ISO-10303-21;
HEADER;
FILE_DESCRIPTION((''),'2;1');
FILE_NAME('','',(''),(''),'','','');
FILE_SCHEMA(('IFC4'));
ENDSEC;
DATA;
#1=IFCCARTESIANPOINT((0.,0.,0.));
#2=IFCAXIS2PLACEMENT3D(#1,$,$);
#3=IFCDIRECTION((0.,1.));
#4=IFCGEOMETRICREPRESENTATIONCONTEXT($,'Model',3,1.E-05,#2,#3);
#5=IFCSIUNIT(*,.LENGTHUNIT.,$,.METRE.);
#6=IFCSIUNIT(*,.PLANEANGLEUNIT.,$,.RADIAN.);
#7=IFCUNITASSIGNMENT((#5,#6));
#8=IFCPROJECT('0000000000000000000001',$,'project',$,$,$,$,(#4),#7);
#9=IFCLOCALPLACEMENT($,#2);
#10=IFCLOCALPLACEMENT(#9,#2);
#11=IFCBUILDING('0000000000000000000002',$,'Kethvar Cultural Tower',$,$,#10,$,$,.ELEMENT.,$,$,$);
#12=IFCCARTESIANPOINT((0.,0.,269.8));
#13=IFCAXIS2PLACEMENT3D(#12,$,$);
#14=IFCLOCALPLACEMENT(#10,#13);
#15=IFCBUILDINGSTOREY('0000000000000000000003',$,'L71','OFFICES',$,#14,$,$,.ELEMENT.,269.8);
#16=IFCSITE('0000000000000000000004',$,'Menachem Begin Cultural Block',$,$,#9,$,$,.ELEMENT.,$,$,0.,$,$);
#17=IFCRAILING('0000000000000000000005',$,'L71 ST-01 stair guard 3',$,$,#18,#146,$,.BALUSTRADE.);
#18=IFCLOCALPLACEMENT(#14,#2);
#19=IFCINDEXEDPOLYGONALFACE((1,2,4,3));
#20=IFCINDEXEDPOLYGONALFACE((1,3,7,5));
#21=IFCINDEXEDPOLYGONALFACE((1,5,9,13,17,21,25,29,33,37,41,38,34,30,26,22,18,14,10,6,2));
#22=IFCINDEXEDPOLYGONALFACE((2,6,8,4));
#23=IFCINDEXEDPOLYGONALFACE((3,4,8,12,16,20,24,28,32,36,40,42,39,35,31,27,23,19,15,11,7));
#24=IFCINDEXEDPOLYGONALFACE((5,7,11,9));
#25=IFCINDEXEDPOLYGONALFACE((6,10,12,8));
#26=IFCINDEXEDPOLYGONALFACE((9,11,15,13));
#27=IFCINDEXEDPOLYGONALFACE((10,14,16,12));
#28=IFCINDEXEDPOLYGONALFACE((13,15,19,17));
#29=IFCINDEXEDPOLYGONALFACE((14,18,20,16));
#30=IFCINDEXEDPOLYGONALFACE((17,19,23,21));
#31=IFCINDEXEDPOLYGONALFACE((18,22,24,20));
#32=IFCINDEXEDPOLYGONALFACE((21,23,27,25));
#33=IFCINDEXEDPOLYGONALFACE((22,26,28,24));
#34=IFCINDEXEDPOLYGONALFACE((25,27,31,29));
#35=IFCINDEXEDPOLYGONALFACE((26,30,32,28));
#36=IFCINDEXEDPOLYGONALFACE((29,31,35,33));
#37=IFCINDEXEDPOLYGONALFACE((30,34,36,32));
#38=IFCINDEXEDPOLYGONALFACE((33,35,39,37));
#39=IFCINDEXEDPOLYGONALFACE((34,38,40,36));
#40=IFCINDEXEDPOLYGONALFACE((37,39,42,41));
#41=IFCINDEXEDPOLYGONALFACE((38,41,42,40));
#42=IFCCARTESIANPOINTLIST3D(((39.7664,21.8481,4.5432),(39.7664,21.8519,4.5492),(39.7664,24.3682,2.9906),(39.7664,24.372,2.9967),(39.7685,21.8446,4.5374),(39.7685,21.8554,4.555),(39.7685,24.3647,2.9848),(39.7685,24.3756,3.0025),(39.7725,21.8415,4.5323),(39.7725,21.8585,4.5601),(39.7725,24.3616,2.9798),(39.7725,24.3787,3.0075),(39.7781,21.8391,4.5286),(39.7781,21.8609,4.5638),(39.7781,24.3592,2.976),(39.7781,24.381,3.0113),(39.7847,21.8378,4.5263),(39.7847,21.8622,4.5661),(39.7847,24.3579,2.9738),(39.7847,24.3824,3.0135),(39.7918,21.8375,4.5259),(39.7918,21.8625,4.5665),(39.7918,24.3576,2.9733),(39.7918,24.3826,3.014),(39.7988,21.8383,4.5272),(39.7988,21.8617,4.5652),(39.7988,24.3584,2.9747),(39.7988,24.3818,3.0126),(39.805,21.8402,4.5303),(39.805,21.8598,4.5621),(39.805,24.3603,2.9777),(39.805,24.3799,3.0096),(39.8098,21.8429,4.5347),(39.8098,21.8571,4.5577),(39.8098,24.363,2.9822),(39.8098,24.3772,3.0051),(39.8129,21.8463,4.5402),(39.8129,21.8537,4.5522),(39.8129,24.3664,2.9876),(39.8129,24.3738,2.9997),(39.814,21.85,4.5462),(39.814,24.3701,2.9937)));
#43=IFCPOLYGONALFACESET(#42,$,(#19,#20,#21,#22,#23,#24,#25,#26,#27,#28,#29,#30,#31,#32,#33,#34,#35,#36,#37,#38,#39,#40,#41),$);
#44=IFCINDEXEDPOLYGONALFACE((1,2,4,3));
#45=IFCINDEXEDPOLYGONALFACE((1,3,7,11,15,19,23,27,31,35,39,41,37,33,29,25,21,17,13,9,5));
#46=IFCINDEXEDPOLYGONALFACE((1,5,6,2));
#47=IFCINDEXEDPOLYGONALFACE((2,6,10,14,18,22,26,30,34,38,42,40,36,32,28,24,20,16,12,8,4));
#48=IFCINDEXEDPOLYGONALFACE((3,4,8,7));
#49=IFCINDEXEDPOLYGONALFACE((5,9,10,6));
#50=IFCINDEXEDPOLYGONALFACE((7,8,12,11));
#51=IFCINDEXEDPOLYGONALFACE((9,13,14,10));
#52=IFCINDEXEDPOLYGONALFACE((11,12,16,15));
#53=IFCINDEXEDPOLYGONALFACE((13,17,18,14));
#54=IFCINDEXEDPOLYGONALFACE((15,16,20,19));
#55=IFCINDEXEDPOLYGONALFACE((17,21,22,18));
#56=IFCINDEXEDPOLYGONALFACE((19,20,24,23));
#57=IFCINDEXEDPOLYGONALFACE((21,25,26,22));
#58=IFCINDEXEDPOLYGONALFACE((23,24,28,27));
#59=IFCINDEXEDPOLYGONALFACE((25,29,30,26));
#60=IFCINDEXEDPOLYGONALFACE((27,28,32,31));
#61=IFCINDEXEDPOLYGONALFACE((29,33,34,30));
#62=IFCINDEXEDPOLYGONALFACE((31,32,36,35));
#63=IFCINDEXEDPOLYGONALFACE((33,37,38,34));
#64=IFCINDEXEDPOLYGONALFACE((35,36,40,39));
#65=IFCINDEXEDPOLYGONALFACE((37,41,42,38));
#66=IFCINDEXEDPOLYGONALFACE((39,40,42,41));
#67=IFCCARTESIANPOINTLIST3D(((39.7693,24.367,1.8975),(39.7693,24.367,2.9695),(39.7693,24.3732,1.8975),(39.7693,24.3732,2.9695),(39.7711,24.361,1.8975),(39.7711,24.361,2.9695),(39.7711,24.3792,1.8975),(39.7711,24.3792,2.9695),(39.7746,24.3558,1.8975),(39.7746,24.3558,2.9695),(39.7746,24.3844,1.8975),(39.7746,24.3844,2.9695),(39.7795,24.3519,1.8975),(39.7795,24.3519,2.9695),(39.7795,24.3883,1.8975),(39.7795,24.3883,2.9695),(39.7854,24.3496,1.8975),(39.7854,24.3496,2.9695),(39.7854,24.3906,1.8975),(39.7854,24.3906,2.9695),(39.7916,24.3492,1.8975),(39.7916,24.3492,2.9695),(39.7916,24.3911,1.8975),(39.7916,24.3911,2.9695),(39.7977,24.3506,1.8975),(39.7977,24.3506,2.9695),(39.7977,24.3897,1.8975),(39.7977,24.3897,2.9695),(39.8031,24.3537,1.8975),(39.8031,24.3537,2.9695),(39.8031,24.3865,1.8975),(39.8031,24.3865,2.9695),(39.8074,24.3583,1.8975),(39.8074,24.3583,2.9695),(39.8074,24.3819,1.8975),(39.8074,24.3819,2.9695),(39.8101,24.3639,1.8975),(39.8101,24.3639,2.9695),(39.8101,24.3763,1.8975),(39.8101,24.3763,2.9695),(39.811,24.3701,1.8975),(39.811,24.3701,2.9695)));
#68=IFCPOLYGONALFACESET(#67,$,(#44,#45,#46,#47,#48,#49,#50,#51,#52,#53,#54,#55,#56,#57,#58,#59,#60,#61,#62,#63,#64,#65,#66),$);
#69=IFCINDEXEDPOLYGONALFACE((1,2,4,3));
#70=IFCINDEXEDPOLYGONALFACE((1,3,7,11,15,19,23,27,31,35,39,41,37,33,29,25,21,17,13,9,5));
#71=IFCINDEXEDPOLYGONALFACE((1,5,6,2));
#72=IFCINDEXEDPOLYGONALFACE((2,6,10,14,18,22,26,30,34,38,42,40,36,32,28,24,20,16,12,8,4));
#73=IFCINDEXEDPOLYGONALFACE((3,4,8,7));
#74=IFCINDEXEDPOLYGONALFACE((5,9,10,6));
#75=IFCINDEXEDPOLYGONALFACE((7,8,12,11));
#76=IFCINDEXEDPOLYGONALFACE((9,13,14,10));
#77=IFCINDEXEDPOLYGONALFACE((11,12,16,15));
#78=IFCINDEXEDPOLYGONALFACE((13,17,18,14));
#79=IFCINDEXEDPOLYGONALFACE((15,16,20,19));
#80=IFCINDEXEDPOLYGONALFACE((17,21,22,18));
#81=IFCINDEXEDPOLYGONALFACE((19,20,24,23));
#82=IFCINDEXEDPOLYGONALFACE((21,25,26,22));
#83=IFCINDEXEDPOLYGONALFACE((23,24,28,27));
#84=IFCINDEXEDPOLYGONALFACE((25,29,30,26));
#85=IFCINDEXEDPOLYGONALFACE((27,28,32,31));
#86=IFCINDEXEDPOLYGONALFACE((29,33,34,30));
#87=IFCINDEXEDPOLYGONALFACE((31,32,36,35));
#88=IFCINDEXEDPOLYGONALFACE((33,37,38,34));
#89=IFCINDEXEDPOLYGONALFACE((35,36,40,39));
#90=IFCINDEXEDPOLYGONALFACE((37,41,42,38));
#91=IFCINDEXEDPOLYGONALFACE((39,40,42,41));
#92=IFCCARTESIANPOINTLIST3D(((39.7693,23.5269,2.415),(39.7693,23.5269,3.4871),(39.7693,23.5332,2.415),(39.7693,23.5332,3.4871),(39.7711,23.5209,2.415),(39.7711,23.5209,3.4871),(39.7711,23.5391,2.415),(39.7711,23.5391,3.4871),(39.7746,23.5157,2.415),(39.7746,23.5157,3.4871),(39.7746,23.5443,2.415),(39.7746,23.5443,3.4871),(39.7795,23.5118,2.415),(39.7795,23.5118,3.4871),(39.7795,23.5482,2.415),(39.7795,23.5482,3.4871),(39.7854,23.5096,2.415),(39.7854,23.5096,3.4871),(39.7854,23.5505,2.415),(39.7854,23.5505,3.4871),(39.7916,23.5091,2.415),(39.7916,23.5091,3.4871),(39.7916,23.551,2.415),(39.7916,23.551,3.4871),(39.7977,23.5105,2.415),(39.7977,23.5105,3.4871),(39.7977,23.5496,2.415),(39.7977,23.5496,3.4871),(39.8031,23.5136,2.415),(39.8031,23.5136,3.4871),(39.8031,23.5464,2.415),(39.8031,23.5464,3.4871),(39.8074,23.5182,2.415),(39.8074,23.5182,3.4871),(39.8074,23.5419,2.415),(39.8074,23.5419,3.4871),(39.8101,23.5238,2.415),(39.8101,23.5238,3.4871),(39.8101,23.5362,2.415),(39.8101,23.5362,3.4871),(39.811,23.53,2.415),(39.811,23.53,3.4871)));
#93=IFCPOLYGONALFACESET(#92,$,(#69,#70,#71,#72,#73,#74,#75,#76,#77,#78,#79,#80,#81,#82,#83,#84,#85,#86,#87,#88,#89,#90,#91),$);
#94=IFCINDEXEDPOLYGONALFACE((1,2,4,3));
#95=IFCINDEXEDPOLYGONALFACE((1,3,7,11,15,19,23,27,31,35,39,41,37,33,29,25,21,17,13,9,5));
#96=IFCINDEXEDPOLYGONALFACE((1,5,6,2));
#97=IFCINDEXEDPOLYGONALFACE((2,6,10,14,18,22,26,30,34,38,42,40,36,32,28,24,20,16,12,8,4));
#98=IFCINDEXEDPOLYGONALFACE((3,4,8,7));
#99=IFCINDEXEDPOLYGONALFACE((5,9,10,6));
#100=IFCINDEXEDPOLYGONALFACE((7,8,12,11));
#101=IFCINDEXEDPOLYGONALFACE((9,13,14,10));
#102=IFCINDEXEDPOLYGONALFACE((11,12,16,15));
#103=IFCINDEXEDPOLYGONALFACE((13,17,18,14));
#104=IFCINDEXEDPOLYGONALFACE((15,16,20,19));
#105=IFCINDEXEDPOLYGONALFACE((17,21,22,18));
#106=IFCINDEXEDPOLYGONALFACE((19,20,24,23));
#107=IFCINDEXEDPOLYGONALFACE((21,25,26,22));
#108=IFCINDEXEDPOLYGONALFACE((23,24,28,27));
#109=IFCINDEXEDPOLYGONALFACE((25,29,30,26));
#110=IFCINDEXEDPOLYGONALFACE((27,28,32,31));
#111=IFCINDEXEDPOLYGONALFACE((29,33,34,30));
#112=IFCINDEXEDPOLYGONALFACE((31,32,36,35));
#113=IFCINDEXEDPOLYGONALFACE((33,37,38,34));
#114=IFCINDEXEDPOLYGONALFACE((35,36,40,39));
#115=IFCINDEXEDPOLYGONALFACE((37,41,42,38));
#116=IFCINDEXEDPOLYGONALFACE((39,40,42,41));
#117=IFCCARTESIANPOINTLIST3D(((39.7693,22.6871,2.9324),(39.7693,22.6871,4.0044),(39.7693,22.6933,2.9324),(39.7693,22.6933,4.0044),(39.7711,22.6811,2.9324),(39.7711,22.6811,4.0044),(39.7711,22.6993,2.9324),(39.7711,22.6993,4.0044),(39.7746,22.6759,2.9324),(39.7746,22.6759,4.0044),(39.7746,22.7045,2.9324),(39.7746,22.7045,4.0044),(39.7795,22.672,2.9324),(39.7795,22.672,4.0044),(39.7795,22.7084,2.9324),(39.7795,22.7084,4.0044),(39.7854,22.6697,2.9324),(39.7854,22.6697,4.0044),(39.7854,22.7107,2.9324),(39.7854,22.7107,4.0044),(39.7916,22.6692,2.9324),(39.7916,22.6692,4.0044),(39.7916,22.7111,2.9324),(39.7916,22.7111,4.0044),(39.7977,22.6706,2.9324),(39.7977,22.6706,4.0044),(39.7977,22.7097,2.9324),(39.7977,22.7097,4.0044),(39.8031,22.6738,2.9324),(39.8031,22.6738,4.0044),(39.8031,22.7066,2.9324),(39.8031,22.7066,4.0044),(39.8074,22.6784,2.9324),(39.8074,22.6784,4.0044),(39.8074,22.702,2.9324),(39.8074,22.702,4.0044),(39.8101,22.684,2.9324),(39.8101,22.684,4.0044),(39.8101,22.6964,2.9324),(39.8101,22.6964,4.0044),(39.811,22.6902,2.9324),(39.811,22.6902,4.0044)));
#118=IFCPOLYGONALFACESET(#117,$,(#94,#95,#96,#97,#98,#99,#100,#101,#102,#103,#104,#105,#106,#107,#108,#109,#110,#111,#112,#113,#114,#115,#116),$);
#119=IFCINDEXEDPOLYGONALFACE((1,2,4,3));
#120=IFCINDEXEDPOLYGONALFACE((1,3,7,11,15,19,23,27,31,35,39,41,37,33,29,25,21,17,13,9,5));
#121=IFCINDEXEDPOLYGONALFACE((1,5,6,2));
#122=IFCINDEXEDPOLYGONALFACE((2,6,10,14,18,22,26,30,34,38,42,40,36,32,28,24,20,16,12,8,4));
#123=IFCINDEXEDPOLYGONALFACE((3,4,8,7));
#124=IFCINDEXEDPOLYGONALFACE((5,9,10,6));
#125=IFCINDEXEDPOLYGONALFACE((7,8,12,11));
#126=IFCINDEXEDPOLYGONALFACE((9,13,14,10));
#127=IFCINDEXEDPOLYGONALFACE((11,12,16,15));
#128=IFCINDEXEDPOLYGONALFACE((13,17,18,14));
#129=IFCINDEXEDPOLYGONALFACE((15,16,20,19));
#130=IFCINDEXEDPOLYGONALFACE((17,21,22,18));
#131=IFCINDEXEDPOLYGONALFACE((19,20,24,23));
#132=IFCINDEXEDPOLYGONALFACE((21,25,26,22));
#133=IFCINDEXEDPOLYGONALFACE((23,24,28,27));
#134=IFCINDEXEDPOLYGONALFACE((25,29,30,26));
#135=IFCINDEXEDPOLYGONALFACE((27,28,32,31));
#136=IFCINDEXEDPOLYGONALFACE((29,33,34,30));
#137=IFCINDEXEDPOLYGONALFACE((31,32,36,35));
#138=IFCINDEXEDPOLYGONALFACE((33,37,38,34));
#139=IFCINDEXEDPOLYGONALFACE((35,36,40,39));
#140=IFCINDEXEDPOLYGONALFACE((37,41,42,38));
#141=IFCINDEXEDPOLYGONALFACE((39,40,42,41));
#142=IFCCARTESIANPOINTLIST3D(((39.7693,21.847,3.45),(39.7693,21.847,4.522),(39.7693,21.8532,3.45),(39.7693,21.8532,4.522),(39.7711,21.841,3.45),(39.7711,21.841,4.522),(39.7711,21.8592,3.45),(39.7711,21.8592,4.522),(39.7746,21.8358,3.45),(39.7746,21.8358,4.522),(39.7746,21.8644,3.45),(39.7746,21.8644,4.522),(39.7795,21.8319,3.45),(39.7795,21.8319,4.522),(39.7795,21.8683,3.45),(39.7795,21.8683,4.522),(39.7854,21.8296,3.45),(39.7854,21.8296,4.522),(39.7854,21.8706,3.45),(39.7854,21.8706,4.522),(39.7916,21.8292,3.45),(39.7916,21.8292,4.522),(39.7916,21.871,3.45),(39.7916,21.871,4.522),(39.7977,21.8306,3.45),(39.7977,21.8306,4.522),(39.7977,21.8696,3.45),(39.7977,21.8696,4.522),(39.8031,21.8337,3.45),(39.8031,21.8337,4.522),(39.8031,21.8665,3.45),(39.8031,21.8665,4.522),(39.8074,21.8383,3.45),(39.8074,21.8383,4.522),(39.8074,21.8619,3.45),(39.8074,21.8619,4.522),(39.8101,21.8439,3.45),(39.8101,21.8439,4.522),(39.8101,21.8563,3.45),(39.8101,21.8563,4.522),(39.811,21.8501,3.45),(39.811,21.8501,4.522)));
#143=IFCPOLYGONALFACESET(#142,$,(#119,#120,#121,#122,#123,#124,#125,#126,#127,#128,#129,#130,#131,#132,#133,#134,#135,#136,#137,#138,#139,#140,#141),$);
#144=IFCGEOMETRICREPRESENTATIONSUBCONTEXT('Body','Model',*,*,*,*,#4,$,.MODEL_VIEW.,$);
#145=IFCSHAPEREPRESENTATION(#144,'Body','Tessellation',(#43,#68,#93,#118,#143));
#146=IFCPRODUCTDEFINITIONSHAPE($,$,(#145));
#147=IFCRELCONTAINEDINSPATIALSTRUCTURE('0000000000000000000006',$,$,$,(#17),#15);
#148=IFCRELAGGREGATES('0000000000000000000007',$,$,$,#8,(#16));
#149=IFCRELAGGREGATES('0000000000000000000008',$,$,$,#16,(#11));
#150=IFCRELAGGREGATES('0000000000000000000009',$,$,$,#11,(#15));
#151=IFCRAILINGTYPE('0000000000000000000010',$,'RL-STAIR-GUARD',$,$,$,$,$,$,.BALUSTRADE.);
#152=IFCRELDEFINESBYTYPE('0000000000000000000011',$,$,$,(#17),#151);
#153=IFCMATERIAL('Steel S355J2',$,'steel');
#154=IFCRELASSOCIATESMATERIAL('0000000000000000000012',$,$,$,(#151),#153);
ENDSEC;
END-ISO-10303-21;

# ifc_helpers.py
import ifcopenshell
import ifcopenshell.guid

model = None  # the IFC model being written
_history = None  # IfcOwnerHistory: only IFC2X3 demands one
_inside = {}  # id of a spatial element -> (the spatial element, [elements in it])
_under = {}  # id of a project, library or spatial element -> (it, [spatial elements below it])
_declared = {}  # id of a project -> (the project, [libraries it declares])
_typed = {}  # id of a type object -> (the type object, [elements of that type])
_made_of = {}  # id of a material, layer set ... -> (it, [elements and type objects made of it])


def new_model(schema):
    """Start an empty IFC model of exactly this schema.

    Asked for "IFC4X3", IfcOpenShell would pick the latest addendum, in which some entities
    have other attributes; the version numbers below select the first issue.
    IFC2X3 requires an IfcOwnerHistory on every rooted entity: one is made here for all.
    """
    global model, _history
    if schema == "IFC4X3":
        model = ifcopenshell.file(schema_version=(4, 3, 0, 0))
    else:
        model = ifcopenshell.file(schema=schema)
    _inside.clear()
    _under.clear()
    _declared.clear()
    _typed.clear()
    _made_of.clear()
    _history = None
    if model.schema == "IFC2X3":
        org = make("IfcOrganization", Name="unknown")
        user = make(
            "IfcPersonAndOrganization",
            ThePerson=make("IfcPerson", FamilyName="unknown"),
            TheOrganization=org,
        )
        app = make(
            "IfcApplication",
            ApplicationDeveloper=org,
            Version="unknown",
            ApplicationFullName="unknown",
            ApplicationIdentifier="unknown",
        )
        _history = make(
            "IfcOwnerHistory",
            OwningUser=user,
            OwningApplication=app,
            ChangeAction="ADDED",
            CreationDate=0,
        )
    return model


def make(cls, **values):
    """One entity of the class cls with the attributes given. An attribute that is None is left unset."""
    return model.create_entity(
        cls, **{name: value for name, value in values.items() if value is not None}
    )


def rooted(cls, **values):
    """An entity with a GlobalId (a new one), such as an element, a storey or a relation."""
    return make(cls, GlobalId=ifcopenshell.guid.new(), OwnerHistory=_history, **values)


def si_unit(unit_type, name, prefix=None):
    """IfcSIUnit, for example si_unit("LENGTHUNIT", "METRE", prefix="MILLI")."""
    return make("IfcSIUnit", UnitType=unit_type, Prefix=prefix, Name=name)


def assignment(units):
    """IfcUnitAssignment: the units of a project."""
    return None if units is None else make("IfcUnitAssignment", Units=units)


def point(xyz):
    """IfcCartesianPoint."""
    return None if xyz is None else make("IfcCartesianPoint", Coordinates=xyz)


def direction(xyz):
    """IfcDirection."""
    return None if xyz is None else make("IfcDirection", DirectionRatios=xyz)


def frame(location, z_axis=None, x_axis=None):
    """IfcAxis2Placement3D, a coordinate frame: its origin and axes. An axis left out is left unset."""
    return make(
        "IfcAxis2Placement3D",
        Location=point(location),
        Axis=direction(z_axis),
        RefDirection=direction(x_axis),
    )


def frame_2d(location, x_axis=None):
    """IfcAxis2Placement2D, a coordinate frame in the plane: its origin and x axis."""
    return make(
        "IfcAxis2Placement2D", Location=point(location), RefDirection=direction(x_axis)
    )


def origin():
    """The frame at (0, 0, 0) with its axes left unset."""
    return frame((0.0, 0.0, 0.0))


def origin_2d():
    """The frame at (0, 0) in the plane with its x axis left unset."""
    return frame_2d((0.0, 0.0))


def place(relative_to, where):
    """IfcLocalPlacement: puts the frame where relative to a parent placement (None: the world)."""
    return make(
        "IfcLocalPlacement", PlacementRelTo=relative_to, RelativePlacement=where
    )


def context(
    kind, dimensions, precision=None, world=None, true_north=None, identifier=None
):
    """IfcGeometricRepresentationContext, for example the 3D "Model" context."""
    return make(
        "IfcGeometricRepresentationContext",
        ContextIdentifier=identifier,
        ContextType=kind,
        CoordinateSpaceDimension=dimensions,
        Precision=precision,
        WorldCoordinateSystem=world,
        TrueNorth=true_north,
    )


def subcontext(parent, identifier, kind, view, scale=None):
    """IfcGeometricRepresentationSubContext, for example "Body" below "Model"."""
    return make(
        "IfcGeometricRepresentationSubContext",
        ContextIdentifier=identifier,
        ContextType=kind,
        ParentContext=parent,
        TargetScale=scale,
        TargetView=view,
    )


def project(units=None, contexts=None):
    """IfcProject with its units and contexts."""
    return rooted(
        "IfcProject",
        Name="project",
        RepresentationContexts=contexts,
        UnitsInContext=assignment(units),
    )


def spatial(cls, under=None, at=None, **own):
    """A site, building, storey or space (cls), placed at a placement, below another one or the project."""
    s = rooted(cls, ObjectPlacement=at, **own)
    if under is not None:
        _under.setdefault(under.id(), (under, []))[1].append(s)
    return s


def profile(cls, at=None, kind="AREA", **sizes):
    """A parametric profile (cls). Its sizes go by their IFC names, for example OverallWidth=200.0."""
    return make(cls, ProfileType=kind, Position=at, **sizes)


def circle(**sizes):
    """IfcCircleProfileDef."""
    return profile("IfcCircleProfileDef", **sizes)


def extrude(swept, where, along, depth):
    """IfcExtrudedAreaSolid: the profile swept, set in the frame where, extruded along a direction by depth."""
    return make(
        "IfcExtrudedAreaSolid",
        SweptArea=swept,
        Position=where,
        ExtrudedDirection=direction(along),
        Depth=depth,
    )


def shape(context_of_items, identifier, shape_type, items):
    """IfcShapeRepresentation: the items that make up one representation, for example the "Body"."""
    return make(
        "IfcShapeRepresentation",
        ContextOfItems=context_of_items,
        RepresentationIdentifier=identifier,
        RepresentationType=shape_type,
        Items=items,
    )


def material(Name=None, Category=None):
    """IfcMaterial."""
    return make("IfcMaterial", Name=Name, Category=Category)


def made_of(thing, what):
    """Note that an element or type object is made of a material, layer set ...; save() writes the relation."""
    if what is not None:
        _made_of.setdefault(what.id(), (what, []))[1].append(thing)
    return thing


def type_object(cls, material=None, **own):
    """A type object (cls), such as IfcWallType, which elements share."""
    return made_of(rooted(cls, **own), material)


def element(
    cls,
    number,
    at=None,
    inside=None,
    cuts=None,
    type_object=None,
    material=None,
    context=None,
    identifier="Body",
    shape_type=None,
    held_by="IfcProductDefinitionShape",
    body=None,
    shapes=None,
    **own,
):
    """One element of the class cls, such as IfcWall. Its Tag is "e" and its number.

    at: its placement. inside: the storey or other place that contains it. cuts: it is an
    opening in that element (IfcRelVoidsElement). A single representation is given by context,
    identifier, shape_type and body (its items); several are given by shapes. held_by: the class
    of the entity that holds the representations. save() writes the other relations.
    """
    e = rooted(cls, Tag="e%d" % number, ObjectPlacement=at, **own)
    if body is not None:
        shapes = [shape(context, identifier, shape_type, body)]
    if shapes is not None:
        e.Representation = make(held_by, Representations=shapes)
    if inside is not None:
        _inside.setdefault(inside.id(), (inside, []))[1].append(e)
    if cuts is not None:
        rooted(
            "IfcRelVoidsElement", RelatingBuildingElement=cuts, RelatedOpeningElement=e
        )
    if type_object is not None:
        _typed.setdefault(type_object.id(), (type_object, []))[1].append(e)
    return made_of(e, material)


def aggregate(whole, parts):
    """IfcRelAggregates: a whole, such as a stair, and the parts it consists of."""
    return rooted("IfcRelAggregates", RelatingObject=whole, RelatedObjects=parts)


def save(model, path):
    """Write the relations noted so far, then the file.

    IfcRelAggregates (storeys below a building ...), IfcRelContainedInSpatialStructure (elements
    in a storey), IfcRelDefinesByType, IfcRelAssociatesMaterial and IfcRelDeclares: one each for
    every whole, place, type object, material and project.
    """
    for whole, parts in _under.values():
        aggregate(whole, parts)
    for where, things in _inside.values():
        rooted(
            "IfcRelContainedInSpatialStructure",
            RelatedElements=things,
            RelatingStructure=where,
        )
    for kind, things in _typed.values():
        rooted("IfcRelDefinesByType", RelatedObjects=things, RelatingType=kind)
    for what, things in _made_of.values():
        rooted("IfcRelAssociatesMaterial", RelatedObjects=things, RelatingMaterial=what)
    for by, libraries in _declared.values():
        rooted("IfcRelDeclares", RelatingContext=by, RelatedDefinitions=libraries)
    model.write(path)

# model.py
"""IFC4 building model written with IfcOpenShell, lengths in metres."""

from ifc_helpers import new_model, si_unit, direction, frame, origin, origin_2d, place, context, subcontext, project, spatial, circle, extrude, material, type_object, element, save


model = new_model("IFC4")

# Units and contexts
model_context = context("Model", 3, precision=1e-05, world=origin(), true_north=direction((0.0, 1.0)))
body_context = subcontext(model_context, "Body", "Model", "MODEL_VIEW")
ifc_project = project(units=[si_unit("LENGTHUNIT", "METRE"), si_unit("PLANEANGLEUNIT", "RADIAN")], contexts=[model_context])

# Site, building, storey
site_placement = place(None, origin())
site = spatial("IfcSite", under=ifc_project, at=site_placement, Name="Menachem Begin Cultural Block", CompositionType="ELEMENT", RefElevation=0.0)
building_placement = place(site_placement, origin())
building = spatial("IfcBuilding", under=site, at=building_placement, Name="Kethvar Cultural Tower", CompositionType="ELEMENT")
storey_placement = place(building_placement, frame((0.0, 0.0, 269.8)))
storey = spatial("IfcBuildingStorey", under=building, at=storey_placement, Name="L71", Description="OFFICES", CompositionType="ELEMENT", Elevation=269.8)

# Shared definitions
ifc_material_1 = material(Name="Steel S355J2", Category="steel")

# Railing
railing_type_1 = type_object("IfcRailingType", Name="RL-STAIR-GUARD", PredefinedType="BALUSTRADE", material=ifc_material_1)
railing_1_placement = place(storey_placement, frame((39.79, 24.3701, 1.8975)))
element("IfcRailing", 1, at=railing_1_placement, inside=storey, type_object=railing_type_1, Name="L71 ST-01 stair guard 3", PredefinedType="BALUSTRADE", context=body_context, shape_type="SweptSolid", body=[
    extrude(circle(Radius=0.0239, at=origin_2d()), frame((0.0, 0.0, 1.0962), z_axis=(0.0, -0.8514, 0.524516), x_axis=(1.0, 0.0, 0.0)), (0.0, 0.0, 1.0), 2.96),
    extrude(circle(Radius=0.021, at=origin_2d()), origin(), (0.0, 0.0, 1.0), 1.072),
    extrude(circle(Radius=0.021, at=origin_2d()), frame((0.0, -0.8401, 0.5176)), (0.0, 0.0, 1.0), 1.072),
    extrude(circle(Radius=0.021, at=origin_2d()), frame((0.0, -1.6799, 1.0349)), (0.0, 0.0, 1.0), 1.072),
    extrude(circle(Radius=0.021, at=origin_2d()), frame((0.0, -2.52, 1.5525)), (0.0, 0.0, 1.0), 1.072),
])

save(model, "model.ifc")
